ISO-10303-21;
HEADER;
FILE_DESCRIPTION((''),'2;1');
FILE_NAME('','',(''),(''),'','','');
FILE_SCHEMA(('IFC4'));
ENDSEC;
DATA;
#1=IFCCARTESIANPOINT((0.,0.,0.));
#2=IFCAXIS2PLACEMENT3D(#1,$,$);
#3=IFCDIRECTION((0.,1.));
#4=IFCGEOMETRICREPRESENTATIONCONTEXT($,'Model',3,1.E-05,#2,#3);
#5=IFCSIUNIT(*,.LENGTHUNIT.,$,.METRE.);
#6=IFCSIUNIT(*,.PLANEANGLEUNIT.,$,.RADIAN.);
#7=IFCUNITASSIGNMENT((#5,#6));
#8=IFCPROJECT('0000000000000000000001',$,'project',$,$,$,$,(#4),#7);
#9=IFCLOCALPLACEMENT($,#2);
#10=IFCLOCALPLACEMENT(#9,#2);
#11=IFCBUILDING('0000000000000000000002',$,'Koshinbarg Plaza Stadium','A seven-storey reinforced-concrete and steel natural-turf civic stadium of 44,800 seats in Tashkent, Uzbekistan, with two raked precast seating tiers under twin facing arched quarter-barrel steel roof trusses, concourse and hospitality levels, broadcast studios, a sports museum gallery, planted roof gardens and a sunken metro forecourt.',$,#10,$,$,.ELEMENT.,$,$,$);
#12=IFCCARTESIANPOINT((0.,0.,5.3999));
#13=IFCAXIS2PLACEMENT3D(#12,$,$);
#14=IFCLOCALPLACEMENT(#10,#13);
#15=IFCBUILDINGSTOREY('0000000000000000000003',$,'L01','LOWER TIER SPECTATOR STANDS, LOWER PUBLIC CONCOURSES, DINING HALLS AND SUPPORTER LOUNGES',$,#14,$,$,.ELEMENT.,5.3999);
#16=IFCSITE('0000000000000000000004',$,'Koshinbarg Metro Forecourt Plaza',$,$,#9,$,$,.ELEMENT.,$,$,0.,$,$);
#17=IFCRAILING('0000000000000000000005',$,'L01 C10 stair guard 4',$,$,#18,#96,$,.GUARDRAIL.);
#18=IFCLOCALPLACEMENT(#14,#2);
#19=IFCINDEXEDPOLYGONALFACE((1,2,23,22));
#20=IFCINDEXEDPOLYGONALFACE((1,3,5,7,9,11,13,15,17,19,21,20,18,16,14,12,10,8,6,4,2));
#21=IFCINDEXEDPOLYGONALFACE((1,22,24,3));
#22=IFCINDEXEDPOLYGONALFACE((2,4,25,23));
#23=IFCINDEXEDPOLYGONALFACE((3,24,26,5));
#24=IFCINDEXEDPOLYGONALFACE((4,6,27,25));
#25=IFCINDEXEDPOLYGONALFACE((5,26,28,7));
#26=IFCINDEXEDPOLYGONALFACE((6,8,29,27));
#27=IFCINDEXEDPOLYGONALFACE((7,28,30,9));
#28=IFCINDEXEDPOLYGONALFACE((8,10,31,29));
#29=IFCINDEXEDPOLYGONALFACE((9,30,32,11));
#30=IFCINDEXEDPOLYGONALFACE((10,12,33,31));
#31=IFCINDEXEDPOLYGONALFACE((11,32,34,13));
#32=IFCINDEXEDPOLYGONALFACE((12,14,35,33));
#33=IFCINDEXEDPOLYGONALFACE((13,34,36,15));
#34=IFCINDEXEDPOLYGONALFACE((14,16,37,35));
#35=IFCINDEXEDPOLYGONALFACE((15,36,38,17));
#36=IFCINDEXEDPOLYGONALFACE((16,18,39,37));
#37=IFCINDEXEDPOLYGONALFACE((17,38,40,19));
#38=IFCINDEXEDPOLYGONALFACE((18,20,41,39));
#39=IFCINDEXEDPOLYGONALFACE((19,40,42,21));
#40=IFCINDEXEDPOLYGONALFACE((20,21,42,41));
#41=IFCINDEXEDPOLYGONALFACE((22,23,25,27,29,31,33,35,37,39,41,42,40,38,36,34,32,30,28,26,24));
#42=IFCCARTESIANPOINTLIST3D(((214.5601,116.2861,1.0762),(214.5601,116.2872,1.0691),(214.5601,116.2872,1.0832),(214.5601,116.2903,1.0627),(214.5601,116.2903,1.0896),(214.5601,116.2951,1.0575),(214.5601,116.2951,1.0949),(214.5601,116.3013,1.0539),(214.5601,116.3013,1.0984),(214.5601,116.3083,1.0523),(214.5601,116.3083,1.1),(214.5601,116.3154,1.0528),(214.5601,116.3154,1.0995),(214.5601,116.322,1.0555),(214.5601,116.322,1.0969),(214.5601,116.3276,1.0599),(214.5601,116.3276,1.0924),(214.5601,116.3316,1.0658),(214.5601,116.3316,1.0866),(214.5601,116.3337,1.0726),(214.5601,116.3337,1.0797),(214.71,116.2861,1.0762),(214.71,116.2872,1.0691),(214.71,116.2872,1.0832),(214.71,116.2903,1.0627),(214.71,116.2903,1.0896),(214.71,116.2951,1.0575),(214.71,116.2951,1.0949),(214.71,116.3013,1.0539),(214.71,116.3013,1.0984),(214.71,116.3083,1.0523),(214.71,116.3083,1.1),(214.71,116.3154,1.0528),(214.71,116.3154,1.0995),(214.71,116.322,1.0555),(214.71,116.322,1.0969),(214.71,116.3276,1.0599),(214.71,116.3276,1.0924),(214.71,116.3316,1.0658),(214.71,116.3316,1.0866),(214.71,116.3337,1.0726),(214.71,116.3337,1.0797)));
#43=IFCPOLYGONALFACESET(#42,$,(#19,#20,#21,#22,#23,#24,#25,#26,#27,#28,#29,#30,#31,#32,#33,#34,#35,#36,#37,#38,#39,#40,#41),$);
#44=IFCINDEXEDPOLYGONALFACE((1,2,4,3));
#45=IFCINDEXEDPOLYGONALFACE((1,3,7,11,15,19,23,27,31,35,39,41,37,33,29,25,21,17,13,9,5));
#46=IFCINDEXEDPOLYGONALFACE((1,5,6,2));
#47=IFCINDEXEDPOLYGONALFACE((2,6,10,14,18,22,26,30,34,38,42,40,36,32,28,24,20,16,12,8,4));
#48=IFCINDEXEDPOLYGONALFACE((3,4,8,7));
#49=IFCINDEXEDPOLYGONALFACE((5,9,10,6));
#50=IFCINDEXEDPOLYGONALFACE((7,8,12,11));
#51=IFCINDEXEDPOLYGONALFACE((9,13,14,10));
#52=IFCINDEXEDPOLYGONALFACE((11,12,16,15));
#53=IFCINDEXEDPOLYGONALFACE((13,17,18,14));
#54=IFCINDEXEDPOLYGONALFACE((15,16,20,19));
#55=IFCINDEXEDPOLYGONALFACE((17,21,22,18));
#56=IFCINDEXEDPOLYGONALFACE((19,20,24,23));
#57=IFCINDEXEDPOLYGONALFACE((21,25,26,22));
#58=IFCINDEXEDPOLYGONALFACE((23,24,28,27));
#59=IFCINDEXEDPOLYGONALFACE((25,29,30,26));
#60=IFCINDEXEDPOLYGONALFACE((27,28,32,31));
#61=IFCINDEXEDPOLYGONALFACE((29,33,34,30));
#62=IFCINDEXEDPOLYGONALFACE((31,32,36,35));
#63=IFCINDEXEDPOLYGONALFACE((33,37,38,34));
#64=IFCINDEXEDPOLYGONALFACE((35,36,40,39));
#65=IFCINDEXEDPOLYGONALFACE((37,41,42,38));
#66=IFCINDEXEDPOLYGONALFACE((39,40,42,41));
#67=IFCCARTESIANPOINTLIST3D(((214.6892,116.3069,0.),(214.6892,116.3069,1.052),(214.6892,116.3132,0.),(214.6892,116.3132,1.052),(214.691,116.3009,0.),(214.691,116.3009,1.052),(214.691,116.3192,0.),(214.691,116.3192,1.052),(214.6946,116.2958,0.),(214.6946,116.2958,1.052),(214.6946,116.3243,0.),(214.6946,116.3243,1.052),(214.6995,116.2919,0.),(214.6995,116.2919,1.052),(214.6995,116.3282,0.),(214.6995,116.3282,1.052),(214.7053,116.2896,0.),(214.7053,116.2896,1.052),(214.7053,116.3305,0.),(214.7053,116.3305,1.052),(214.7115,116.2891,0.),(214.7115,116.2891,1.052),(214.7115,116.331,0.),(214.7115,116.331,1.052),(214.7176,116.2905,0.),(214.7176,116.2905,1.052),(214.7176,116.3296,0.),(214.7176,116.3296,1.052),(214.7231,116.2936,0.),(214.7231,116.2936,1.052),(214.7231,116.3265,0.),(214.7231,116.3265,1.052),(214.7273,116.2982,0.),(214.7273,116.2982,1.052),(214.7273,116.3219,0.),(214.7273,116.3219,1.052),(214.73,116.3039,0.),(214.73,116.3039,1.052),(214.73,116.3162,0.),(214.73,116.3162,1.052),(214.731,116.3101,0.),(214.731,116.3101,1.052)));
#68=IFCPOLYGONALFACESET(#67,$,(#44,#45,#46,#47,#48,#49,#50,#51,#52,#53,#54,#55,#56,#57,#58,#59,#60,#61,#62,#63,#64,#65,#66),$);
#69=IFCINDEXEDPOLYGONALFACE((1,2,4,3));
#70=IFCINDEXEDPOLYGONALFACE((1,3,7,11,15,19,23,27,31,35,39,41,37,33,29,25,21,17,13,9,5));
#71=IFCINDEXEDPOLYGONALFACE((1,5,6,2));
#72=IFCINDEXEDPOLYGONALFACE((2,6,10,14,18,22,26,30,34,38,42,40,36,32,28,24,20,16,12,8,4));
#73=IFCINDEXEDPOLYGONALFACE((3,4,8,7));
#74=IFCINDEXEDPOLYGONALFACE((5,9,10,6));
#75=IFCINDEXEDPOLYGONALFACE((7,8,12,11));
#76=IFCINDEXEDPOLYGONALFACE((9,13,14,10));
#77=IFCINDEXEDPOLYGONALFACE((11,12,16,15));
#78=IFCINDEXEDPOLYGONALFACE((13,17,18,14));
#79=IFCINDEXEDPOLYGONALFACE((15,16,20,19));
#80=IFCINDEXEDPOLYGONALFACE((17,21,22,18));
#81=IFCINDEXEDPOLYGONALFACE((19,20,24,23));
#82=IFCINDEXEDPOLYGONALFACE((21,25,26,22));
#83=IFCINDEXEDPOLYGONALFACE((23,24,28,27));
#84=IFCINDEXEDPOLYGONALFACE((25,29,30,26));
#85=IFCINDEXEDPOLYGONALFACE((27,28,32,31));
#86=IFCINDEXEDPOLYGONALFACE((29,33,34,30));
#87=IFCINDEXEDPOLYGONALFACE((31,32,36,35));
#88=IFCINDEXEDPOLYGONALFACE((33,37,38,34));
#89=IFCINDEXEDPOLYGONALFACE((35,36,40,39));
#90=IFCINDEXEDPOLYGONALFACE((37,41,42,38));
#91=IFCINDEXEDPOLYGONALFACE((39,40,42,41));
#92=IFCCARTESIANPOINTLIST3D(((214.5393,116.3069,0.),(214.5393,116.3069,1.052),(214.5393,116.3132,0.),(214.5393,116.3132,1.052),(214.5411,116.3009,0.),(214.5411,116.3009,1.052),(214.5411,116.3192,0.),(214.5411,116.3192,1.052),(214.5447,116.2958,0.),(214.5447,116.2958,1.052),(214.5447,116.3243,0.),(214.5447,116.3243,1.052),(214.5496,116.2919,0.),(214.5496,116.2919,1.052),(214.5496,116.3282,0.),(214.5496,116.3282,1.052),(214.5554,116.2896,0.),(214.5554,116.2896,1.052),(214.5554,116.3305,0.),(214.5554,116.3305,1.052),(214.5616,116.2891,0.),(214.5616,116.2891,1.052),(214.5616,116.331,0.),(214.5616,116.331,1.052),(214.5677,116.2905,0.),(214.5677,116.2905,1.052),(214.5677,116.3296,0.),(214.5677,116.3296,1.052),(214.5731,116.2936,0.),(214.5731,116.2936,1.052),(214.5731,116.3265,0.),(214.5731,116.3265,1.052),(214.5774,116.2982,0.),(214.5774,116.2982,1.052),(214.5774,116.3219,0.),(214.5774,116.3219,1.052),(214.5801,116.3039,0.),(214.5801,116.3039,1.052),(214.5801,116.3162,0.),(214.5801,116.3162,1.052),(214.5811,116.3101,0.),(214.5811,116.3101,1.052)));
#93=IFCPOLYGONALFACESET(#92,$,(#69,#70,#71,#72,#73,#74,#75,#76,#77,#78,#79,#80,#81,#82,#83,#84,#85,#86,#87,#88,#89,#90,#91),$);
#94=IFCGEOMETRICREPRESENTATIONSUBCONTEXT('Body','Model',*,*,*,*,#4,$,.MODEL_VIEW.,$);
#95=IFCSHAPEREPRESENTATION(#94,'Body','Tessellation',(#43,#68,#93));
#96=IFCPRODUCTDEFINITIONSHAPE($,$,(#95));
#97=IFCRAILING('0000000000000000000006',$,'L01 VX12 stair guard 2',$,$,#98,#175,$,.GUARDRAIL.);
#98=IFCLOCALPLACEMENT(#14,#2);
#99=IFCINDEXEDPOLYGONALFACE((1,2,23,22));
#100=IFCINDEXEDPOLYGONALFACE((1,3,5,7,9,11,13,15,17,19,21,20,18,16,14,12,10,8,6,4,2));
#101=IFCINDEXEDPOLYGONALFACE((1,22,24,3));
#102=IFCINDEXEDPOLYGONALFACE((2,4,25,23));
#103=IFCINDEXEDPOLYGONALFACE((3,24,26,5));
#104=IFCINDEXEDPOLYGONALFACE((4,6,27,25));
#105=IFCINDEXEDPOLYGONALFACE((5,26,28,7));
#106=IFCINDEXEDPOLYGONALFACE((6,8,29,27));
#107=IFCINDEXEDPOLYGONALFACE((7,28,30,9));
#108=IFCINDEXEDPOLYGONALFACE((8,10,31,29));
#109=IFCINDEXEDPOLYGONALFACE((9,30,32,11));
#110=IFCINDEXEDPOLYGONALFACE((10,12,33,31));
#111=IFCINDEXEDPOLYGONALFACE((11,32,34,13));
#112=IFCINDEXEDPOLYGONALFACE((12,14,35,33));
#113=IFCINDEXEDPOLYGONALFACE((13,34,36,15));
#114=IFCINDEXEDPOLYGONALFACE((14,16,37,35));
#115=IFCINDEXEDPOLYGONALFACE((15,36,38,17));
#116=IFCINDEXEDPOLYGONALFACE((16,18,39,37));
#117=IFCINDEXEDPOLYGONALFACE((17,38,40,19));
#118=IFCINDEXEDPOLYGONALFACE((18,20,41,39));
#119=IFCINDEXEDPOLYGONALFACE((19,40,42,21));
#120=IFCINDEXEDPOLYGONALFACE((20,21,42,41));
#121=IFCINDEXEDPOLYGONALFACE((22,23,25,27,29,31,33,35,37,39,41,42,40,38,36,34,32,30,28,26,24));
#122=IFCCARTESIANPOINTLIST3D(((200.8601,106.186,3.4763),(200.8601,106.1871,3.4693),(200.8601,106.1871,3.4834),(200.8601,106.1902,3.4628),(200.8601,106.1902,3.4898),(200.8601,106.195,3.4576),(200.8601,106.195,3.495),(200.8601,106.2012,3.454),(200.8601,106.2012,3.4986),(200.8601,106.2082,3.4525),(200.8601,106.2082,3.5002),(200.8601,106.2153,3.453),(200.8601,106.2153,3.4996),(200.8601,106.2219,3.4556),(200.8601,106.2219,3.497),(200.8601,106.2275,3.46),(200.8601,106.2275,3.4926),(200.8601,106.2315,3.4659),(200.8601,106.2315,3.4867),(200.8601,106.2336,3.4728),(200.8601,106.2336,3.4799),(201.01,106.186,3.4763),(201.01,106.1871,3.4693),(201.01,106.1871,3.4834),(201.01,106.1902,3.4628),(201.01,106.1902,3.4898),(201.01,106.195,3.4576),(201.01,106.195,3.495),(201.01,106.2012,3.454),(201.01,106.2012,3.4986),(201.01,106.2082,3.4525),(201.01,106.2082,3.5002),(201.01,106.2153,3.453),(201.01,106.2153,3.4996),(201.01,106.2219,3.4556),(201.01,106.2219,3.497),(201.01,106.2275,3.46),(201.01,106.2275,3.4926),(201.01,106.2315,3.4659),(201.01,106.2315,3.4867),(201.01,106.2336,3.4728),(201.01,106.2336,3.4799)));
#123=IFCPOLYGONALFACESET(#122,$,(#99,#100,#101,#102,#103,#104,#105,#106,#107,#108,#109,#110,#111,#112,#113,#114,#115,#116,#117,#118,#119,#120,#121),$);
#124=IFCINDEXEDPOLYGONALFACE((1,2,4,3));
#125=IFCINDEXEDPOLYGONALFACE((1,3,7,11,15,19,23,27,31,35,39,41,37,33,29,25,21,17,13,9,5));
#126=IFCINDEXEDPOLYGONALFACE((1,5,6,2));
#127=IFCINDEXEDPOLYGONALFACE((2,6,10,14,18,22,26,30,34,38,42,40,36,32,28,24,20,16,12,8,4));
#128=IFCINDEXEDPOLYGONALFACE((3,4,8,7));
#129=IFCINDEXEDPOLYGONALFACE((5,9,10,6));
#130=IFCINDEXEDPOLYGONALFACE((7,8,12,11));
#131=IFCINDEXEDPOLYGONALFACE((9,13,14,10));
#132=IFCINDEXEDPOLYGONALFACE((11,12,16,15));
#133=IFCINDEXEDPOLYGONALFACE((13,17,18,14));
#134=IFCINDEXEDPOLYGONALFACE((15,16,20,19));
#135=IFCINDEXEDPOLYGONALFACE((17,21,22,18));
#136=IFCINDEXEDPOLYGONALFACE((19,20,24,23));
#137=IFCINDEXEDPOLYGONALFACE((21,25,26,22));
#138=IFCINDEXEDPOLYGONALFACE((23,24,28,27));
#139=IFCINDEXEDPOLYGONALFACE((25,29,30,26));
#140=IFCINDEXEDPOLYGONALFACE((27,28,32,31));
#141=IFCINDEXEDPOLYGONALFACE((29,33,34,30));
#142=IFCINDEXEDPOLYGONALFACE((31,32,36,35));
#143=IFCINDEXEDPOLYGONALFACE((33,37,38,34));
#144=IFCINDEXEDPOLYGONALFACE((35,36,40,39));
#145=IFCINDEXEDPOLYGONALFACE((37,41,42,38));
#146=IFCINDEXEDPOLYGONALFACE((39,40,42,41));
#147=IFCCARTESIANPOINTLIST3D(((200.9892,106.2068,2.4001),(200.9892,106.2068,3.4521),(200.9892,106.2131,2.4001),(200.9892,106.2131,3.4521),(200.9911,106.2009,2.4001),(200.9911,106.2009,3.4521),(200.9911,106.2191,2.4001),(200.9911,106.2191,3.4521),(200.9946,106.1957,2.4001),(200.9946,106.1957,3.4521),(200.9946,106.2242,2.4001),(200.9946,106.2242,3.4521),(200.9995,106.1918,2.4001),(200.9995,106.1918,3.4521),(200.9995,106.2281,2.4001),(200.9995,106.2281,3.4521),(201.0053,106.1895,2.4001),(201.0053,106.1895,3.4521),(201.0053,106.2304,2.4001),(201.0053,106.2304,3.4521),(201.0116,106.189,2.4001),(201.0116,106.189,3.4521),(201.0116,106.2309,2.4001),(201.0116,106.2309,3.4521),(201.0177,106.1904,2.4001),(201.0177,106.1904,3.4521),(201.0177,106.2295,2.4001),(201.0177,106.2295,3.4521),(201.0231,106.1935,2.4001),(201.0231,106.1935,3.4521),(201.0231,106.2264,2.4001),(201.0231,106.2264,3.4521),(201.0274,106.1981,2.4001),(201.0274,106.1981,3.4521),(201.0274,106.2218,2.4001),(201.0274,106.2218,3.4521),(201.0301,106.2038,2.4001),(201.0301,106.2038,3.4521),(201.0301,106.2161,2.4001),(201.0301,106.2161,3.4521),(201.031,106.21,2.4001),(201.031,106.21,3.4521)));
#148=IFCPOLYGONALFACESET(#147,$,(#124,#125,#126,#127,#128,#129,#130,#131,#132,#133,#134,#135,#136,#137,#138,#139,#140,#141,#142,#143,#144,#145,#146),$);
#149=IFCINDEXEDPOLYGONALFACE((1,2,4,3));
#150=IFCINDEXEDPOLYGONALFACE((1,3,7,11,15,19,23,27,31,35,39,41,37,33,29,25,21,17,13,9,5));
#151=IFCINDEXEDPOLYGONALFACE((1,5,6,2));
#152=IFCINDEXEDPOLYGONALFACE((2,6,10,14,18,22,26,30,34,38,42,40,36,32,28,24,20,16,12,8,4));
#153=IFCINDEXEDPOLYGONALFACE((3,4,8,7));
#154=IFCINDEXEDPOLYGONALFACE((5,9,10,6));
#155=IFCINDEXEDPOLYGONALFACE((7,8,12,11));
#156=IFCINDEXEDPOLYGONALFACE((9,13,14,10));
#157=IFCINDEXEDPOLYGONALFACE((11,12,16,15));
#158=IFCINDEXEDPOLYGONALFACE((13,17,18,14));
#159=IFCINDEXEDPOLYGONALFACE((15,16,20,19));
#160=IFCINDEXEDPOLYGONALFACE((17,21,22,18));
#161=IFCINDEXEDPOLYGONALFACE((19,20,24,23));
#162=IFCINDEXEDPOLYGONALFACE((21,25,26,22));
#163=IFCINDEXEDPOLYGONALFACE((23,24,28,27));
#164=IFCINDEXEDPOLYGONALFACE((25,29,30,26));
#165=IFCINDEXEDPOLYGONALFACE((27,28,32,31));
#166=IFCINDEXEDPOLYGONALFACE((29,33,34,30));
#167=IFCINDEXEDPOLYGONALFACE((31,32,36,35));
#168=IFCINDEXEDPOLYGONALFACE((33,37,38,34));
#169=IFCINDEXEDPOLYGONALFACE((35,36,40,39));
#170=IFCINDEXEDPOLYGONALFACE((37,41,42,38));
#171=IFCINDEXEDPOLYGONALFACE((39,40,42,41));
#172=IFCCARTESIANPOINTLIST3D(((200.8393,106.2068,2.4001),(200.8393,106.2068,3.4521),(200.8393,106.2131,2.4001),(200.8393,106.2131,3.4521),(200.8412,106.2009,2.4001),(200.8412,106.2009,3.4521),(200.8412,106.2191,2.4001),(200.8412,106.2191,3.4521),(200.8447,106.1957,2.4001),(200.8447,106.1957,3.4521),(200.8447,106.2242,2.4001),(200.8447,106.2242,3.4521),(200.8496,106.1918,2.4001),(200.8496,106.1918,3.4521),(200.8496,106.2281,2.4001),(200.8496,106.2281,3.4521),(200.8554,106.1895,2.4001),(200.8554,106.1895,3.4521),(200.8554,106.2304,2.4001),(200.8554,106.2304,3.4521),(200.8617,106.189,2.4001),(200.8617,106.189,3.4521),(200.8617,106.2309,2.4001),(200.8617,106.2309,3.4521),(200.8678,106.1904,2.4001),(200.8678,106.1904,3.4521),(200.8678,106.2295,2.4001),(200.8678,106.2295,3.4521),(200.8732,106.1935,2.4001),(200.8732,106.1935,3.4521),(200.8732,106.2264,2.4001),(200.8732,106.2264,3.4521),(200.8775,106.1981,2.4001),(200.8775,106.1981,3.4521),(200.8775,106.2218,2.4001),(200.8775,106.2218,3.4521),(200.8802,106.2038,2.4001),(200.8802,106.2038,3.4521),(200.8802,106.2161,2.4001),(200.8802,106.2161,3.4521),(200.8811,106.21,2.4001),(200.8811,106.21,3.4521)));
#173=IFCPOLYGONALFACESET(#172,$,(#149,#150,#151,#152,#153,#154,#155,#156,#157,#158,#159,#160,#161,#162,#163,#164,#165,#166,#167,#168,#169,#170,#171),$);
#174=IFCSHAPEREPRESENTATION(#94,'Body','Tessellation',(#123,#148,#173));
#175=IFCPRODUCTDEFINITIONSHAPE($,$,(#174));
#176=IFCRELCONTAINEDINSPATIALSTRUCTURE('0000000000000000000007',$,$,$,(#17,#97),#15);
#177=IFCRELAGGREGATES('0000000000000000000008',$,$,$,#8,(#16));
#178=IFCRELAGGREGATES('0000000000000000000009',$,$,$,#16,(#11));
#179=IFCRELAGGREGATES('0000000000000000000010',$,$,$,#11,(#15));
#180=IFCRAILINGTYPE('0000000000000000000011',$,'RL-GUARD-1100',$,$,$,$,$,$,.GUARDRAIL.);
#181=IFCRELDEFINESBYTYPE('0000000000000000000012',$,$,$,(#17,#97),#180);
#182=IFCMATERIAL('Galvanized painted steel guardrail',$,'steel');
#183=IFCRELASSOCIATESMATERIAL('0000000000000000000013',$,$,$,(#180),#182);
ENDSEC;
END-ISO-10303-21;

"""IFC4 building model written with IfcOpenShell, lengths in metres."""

from ifc_helpers import new_model, si_unit, direction, frame, origin, origin_2d, place, context, subcontext, project, spatial, circle, extrude, material, type_object, element, save


model = new_model("IFC4")

# Units and contexts
model_context = context("Model", 3, precision=1e-05, world=origin(), true_north=direction((0.0, 1.0)))
body_context = subcontext(model_context, "Body", "Model", "MODEL_VIEW")
ifc_project = project(units=[si_unit("LENGTHUNIT", "METRE"), si_unit("PLANEANGLEUNIT", "RADIAN")], contexts=[model_context])

# Site, building, storey
site_placement = place(None, origin())
site = spatial("IfcSite", under=ifc_project, at=site_placement, Name="Koshinbarg Metro Forecourt Plaza", CompositionType="ELEMENT", RefElevation=0.0)
building_placement = place(site_placement, origin())
building = spatial("IfcBuilding", under=site, at=building_placement, Name="Koshinbarg Plaza Stadium", Description="A seven-storey reinforced-concrete and steel natural-turf civic stadium of 44,800 seats in Tashkent, Uzbekistan, with two raked precast seating tiers under twin facing arched quarter-barrel steel roof trusses, concourse and hospitality levels, broadcast studios, a sports museum gallery, planted roof gardens and a sunken metro forecourt.", CompositionType="ELEMENT")
storey_placement = place(building_placement, frame((0.0, 0.0, 5.3999)))
storey = spatial("IfcBuildingStorey", under=building, at=storey_placement, Name="L01", Description="LOWER TIER SPECTATOR STANDS, LOWER PUBLIC CONCOURSES, DINING HALLS AND SUPPORTER LOUNGES", CompositionType="ELEMENT", Elevation=5.3999)

# Railings
ifc_material_1 = material(Name="Galvanized painted steel guardrail", Category="steel")
railing_type_1 = type_object("IfcRailingType", Name="RL-GUARD-1100", PredefinedType="GUARDRAIL", material=ifc_material_1)
for number, where, name in (
    (1, (214.71, 116.3101, 0.0), "L01 C10 stair guard 4"),
    (2, (201.01, 106.21, 2.4001), "L01 VX12 stair guard 2"),
):
    element("IfcRailing", number, at=place(storey_placement, frame(where)), inside=storey, type_object=railing_type_1, Name=name, PredefinedType="GUARDRAIL", context=body_context, shape_type="SweptSolid", body=[
        extrude(circle(Radius=0.0239, at=origin_2d()), frame((0.0, 0.0, 1.0762), z_axis=(-1.0, 0.0, 0.0), x_axis=(0.0, -1.0, 0.0)), (0.0, 0.0, 1.0), 0.1499),
        extrude(circle(Radius=0.021, at=origin_2d()), origin(), (0.0, 0.0, 1.0), 1.052),
        extrude(circle(Radius=0.021, at=origin_2d()), frame((-0.1499, 0.0, 0.0)), (0.0, 0.0, 1.0), 1.052),
    ])

save(model, "model.ifc")
